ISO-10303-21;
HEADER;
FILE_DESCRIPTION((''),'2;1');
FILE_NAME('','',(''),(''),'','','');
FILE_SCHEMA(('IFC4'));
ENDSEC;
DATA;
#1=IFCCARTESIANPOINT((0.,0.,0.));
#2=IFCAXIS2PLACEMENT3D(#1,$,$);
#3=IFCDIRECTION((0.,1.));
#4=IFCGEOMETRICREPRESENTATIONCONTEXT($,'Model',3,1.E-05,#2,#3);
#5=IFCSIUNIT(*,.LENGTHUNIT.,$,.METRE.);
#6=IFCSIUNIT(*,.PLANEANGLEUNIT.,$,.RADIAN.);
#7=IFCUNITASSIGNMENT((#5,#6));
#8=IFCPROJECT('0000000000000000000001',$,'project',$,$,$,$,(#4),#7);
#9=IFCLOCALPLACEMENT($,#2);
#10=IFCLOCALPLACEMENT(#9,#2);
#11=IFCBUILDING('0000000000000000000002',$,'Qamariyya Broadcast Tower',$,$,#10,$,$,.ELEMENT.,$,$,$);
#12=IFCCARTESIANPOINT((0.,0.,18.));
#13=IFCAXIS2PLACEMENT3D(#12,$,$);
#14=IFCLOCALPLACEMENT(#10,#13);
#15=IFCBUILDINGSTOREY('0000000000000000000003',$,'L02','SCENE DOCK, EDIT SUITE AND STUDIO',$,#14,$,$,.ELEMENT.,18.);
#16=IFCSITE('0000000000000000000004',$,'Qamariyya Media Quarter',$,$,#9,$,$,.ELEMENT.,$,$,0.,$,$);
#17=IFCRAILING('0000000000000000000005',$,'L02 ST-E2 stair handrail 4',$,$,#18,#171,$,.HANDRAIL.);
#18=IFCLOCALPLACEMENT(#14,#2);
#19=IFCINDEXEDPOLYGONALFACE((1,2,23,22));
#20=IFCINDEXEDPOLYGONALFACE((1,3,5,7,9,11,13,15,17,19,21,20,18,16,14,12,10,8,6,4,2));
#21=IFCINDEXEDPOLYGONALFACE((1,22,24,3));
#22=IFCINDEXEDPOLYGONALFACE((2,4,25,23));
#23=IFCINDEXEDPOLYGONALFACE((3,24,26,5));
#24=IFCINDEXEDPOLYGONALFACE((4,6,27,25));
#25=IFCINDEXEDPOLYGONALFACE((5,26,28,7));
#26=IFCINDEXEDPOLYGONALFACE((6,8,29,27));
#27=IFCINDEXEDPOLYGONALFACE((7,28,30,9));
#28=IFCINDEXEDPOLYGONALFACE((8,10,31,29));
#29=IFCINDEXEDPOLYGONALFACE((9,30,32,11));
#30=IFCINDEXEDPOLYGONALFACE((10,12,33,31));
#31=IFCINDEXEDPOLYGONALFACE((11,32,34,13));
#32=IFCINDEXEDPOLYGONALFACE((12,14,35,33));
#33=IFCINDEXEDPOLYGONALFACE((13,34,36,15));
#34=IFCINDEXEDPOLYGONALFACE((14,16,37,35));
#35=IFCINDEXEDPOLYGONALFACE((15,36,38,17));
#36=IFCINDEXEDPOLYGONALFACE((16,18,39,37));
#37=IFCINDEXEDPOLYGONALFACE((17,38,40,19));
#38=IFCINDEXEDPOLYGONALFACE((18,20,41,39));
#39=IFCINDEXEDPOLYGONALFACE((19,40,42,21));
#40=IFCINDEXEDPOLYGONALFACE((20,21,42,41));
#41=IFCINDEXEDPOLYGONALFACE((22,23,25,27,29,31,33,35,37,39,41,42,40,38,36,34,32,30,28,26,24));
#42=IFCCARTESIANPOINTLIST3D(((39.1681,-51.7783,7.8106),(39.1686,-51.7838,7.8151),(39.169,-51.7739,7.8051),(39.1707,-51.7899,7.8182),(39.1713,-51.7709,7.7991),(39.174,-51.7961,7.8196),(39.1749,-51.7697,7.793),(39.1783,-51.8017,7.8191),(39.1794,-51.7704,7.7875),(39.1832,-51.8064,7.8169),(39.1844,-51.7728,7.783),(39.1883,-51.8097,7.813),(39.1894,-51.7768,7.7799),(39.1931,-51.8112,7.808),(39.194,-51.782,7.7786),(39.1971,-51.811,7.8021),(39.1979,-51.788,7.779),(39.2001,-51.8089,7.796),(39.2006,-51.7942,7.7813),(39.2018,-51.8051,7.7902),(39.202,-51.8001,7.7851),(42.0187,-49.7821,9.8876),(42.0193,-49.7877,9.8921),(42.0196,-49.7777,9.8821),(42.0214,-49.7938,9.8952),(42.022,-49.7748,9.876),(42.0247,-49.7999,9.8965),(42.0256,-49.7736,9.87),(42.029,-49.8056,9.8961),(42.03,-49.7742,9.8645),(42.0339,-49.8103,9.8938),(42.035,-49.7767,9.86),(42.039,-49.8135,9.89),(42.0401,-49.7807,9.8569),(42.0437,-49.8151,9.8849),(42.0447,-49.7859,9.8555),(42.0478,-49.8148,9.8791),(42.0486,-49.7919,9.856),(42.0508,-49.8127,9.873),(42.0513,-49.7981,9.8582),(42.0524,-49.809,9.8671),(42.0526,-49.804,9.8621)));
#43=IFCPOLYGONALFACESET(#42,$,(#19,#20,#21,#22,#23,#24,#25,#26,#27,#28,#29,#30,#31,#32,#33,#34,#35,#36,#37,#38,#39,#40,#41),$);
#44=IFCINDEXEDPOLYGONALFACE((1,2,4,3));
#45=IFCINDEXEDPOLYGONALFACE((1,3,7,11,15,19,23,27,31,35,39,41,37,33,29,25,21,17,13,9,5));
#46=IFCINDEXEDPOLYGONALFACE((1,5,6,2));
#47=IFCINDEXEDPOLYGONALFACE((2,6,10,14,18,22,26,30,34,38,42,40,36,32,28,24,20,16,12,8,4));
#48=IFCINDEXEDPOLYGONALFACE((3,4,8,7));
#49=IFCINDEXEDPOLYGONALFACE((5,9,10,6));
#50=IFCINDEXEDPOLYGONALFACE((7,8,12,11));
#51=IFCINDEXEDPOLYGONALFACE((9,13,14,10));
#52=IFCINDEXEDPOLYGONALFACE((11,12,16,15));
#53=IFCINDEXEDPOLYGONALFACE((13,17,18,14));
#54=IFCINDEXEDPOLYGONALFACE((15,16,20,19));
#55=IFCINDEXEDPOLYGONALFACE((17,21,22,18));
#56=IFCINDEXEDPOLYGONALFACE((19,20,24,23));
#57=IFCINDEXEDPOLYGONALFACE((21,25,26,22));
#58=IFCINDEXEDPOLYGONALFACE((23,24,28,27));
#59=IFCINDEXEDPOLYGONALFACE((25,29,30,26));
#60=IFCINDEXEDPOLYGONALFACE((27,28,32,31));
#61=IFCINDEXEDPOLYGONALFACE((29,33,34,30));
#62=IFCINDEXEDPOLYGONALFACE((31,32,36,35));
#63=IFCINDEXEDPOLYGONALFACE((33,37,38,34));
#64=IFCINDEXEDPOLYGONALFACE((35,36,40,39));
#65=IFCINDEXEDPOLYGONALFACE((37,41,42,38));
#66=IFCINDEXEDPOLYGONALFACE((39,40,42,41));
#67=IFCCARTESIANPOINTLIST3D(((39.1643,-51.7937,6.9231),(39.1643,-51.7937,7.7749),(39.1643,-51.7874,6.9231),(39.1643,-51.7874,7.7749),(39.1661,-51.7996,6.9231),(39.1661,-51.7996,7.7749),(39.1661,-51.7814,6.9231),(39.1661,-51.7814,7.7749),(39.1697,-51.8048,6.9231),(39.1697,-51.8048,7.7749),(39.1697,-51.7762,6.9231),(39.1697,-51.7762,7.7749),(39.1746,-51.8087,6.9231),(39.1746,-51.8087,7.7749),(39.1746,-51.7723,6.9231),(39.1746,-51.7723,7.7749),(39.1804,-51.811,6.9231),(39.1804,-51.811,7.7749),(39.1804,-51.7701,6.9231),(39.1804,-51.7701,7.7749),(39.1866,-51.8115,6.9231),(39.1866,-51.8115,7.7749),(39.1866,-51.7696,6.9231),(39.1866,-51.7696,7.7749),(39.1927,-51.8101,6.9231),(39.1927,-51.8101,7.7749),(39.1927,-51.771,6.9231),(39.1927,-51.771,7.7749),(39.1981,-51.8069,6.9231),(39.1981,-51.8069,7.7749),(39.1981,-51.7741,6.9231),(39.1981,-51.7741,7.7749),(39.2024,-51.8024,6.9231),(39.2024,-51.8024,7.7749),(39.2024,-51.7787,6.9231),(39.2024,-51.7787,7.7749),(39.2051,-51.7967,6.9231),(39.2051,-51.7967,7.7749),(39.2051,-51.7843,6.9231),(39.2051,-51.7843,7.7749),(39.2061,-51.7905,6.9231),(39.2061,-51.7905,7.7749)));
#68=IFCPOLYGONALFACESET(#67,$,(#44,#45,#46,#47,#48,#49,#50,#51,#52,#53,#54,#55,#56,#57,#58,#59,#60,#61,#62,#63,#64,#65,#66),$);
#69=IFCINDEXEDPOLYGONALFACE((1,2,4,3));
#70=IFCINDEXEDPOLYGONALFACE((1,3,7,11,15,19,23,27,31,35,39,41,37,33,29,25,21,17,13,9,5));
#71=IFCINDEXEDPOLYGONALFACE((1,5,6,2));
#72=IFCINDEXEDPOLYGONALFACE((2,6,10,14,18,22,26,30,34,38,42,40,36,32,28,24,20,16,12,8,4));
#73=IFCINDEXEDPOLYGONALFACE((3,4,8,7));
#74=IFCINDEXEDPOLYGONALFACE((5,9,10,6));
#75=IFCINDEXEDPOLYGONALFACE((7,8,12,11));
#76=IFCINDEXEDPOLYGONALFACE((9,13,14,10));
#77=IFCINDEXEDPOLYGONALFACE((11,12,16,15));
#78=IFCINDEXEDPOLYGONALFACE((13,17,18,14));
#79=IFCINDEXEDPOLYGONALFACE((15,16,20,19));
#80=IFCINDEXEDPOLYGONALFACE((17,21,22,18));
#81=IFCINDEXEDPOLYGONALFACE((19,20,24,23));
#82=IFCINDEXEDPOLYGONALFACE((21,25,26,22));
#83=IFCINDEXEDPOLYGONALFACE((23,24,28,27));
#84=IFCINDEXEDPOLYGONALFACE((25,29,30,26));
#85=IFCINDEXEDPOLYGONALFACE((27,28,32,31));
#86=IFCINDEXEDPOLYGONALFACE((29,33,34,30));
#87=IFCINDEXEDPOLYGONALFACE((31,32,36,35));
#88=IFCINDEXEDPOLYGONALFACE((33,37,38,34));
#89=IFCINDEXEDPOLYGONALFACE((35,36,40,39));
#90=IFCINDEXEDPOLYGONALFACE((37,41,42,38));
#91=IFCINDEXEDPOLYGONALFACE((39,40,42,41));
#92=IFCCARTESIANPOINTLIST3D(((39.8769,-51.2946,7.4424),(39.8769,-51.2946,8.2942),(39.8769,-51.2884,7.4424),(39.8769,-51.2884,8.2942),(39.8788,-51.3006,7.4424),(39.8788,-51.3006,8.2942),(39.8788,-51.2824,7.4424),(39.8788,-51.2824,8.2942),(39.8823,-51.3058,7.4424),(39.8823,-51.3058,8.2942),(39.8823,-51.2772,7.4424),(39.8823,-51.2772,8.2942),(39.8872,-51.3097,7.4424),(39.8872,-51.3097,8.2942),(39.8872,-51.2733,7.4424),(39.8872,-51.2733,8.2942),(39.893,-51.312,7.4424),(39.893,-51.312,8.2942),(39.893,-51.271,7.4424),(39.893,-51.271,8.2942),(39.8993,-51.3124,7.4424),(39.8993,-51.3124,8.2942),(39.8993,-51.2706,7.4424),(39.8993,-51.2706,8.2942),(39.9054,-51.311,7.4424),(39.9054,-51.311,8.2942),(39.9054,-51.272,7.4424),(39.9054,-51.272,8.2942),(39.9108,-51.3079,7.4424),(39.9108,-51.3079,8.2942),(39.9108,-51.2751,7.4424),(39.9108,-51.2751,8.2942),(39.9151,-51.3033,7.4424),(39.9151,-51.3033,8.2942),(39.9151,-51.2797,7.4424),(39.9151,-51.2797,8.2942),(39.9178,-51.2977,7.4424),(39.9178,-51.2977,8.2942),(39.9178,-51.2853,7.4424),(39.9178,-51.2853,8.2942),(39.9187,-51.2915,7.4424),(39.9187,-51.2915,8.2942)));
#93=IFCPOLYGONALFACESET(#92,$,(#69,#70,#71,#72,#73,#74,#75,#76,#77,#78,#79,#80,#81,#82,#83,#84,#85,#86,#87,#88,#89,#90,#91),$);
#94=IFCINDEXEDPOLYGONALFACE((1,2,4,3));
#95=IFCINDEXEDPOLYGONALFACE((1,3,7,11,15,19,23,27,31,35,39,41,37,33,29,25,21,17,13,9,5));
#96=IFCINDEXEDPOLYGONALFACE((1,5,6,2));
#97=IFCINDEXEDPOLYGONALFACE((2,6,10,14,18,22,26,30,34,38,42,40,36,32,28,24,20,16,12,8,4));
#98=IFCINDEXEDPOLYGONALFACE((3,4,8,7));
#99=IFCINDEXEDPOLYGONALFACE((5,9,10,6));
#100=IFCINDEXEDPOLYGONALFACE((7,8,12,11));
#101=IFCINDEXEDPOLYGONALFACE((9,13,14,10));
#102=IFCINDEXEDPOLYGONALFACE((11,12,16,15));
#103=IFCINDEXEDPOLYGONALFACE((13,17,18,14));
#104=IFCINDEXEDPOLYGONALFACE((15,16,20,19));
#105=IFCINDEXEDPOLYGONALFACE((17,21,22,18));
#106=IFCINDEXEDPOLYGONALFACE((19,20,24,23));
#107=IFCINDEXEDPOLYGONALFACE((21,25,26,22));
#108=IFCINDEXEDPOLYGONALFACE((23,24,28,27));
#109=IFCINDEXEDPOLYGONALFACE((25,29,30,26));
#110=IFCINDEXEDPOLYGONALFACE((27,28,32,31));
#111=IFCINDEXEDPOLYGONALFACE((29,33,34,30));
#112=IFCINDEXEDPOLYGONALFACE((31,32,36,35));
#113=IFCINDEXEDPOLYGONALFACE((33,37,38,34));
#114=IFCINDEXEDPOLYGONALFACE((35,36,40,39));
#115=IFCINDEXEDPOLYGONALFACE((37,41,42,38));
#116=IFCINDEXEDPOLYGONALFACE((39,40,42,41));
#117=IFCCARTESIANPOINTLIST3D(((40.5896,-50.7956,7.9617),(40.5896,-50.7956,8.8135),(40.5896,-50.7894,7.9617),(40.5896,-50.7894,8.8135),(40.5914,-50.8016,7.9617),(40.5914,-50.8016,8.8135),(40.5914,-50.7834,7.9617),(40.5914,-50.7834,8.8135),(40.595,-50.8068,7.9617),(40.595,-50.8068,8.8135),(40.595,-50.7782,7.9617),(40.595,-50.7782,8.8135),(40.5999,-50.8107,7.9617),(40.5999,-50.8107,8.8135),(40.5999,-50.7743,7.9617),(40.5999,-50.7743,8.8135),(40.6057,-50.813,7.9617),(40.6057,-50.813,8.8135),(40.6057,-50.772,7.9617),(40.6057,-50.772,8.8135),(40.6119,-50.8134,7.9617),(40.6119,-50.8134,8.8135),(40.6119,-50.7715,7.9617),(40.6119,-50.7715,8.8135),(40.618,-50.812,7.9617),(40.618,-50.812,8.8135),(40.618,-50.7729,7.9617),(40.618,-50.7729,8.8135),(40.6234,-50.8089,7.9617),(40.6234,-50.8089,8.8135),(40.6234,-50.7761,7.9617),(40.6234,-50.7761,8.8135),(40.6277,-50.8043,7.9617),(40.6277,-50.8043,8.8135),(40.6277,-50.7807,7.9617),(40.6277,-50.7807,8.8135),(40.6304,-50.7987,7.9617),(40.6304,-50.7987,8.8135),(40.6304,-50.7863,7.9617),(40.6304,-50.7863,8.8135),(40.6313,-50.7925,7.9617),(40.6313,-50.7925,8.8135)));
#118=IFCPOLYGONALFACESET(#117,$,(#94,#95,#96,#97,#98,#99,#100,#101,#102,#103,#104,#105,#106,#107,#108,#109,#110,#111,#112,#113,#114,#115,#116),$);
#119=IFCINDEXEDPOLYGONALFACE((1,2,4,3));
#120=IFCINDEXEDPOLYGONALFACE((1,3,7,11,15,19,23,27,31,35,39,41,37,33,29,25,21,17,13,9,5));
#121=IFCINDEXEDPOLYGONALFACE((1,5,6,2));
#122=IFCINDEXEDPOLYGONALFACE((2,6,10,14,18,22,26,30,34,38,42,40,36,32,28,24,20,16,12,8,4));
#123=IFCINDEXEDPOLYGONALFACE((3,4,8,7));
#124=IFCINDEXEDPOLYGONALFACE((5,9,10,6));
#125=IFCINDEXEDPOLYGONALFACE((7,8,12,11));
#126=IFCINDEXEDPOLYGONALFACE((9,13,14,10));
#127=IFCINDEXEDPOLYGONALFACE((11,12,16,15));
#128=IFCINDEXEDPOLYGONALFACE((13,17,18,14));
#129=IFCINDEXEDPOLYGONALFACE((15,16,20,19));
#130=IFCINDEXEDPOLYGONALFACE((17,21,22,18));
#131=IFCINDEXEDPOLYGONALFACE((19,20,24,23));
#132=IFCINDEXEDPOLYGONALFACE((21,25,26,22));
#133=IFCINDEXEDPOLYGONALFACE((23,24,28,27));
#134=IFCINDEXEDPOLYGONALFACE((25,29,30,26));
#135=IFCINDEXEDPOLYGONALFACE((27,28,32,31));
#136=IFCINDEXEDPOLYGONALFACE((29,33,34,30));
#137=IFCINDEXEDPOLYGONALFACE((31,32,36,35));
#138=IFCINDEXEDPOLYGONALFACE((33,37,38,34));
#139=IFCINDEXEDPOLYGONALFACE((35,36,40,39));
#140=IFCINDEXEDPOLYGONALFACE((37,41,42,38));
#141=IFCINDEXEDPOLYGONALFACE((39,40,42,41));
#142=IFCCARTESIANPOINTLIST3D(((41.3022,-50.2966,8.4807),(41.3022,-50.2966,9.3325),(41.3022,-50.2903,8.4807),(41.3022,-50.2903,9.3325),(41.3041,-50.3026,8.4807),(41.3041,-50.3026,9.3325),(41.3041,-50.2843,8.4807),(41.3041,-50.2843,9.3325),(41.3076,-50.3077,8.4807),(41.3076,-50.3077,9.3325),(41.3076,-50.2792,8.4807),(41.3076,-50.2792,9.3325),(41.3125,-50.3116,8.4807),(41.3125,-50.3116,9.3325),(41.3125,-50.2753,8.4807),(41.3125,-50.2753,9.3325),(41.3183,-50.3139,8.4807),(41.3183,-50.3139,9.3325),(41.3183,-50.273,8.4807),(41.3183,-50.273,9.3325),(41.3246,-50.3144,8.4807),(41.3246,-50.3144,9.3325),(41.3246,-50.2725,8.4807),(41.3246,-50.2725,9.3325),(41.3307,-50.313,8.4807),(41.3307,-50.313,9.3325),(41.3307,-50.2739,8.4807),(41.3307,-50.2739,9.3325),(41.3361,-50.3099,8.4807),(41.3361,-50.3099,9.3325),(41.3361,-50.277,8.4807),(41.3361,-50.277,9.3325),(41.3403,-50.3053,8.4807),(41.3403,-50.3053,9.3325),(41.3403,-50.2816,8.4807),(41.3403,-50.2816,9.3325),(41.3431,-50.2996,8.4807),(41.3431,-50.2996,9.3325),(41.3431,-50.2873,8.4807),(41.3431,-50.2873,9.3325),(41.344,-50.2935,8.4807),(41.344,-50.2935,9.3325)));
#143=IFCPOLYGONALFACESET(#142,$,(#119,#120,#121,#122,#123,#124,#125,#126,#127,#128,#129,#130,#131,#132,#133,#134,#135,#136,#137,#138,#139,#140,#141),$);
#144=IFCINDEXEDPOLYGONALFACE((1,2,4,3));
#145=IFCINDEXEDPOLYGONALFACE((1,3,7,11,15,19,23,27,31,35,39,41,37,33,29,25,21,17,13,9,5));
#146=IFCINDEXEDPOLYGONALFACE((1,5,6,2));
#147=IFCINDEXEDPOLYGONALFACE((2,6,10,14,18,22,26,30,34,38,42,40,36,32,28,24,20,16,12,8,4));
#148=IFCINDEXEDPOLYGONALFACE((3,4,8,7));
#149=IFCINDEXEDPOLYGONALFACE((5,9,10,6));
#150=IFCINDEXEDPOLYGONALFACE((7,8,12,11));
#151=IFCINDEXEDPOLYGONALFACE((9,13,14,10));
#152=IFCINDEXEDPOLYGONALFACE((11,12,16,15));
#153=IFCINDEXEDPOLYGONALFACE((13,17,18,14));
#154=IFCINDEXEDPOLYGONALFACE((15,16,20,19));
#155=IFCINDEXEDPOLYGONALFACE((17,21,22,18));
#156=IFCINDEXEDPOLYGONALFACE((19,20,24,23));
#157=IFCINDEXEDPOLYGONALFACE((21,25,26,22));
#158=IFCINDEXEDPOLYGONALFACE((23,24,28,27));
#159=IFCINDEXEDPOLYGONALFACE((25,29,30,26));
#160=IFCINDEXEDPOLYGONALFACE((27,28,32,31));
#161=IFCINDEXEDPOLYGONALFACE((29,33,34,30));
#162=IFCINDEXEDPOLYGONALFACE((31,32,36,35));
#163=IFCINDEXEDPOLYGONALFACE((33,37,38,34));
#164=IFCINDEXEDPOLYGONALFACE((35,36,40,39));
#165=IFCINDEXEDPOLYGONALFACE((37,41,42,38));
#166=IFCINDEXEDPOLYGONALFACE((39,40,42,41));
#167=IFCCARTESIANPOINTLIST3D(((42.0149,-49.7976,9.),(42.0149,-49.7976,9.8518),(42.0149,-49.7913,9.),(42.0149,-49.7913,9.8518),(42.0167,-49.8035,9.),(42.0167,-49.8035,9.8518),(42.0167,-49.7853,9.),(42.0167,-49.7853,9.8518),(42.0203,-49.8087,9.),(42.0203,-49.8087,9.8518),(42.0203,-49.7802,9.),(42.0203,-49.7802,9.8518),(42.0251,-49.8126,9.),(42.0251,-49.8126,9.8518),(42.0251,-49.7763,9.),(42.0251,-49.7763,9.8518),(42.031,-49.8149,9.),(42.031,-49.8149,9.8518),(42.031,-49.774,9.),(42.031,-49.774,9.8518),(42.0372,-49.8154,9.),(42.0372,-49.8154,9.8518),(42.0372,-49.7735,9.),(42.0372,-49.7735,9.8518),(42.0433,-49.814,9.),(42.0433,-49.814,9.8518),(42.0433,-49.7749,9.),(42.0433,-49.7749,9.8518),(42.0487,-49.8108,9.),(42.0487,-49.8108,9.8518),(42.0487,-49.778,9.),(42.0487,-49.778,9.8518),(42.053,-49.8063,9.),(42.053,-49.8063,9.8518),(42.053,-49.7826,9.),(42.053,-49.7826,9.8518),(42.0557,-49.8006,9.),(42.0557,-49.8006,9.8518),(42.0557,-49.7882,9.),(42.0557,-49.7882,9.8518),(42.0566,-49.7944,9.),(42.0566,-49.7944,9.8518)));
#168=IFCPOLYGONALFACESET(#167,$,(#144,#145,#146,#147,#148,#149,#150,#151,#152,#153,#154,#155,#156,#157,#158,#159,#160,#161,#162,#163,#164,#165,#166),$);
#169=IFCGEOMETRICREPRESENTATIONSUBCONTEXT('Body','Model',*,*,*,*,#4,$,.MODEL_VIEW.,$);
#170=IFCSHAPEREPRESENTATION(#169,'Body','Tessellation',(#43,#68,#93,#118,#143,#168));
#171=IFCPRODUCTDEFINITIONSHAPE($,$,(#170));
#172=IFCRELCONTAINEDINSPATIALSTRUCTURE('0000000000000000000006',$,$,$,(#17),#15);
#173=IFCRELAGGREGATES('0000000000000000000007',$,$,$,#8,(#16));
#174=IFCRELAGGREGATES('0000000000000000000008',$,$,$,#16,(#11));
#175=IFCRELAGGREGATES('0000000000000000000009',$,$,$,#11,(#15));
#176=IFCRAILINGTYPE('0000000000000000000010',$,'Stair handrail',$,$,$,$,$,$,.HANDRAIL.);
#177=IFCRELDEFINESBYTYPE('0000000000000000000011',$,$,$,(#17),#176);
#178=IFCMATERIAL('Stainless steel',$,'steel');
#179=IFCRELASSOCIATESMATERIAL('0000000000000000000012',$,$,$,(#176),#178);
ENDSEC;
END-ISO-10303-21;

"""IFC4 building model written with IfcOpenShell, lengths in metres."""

from ifc_helpers import new_model, si_unit, direction, frame, origin, origin_2d, place, context, subcontext, project, spatial, circle, extrude, material, type_object, element, save


model = new_model("IFC4")

# Units and contexts
model_context = context("Model", 3, precision=1e-05, world=origin(), true_north=direction((0.0, 1.0)))
body_context = subcontext(model_context, "Body", "Model", "MODEL_VIEW")
ifc_project = project(units=[si_unit("LENGTHUNIT", "METRE"), si_unit("PLANEANGLEUNIT", "RADIAN")], contexts=[model_context])

# Site, building, storey
site_placement = place(None, origin())
site = spatial("IfcSite", under=ifc_project, at=site_placement, Name="Qamariyya Media Quarter", CompositionType="ELEMENT", RefElevation=0.0)
building_placement = place(site_placement, origin())
building = spatial("IfcBuilding", under=site, at=building_placement, Name="Qamariyya Broadcast Tower", CompositionType="ELEMENT")
storey_placement = place(building_placement, frame((0.0, 0.0, 18.0)))
storey = spatial("IfcBuildingStorey", under=building, at=storey_placement, Name="L02", Description="SCENE DOCK, EDIT SUITE AND STUDIO", CompositionType="ELEMENT", Elevation=18.0)

# Railing
ifc_material_1 = material(Name="Stainless steel", Category="steel")
railing_type_1 = type_object("IfcRailingType", Name="Stair handrail", PredefinedType="HANDRAIL", material=ifc_material_1)
for number, where, name in (
    (1, (39.1851, -51.7905, 6.9231), "L02 ST-E2 stair handrail 4"),
):
    element("IfcRailing", number, at=place(storey_placement, frame(where)), inside=storey, type_object=railing_type_1, Name=name, PredefinedType="HANDRAIL", context=body_context, shape_type="SweptSolid", body=[
        extrude(circle(Radius=0.0239, at=origin_2d()), frame((0.0, 0.0, 0.876), z_axis=(0.703393, 0.492544, 0.512484), x_axis=(-0.573594, 0.81914, 0.0)), (0.0, 0.0, 1.0), 4.0527),
        extrude(circle(Radius=0.021, at=origin_2d()), origin(), (0.0, 0.0, 1.0), 0.8518),
        extrude(circle(Radius=0.021, at=origin_2d()), frame((0.7126, 0.499, 0.5193)), (0.0, 0.0, 1.0), 0.8518),
        extrude(circle(Radius=0.021, at=origin_2d()), frame((1.4253, 0.998, 1.0386)), (0.0, 0.0, 1.0), 0.8518),
        extrude(circle(Radius=0.021, at=origin_2d()), frame((2.1379, 1.4971, 1.5576)), (0.0, 0.0, 1.0), 0.8518),
        extrude(circle(Radius=0.021, at=origin_2d()), frame((2.8506, 1.9961, 2.0769)), (0.0, 0.0, 1.0), 0.8518),
    ])

save(model, "model.ifc")
